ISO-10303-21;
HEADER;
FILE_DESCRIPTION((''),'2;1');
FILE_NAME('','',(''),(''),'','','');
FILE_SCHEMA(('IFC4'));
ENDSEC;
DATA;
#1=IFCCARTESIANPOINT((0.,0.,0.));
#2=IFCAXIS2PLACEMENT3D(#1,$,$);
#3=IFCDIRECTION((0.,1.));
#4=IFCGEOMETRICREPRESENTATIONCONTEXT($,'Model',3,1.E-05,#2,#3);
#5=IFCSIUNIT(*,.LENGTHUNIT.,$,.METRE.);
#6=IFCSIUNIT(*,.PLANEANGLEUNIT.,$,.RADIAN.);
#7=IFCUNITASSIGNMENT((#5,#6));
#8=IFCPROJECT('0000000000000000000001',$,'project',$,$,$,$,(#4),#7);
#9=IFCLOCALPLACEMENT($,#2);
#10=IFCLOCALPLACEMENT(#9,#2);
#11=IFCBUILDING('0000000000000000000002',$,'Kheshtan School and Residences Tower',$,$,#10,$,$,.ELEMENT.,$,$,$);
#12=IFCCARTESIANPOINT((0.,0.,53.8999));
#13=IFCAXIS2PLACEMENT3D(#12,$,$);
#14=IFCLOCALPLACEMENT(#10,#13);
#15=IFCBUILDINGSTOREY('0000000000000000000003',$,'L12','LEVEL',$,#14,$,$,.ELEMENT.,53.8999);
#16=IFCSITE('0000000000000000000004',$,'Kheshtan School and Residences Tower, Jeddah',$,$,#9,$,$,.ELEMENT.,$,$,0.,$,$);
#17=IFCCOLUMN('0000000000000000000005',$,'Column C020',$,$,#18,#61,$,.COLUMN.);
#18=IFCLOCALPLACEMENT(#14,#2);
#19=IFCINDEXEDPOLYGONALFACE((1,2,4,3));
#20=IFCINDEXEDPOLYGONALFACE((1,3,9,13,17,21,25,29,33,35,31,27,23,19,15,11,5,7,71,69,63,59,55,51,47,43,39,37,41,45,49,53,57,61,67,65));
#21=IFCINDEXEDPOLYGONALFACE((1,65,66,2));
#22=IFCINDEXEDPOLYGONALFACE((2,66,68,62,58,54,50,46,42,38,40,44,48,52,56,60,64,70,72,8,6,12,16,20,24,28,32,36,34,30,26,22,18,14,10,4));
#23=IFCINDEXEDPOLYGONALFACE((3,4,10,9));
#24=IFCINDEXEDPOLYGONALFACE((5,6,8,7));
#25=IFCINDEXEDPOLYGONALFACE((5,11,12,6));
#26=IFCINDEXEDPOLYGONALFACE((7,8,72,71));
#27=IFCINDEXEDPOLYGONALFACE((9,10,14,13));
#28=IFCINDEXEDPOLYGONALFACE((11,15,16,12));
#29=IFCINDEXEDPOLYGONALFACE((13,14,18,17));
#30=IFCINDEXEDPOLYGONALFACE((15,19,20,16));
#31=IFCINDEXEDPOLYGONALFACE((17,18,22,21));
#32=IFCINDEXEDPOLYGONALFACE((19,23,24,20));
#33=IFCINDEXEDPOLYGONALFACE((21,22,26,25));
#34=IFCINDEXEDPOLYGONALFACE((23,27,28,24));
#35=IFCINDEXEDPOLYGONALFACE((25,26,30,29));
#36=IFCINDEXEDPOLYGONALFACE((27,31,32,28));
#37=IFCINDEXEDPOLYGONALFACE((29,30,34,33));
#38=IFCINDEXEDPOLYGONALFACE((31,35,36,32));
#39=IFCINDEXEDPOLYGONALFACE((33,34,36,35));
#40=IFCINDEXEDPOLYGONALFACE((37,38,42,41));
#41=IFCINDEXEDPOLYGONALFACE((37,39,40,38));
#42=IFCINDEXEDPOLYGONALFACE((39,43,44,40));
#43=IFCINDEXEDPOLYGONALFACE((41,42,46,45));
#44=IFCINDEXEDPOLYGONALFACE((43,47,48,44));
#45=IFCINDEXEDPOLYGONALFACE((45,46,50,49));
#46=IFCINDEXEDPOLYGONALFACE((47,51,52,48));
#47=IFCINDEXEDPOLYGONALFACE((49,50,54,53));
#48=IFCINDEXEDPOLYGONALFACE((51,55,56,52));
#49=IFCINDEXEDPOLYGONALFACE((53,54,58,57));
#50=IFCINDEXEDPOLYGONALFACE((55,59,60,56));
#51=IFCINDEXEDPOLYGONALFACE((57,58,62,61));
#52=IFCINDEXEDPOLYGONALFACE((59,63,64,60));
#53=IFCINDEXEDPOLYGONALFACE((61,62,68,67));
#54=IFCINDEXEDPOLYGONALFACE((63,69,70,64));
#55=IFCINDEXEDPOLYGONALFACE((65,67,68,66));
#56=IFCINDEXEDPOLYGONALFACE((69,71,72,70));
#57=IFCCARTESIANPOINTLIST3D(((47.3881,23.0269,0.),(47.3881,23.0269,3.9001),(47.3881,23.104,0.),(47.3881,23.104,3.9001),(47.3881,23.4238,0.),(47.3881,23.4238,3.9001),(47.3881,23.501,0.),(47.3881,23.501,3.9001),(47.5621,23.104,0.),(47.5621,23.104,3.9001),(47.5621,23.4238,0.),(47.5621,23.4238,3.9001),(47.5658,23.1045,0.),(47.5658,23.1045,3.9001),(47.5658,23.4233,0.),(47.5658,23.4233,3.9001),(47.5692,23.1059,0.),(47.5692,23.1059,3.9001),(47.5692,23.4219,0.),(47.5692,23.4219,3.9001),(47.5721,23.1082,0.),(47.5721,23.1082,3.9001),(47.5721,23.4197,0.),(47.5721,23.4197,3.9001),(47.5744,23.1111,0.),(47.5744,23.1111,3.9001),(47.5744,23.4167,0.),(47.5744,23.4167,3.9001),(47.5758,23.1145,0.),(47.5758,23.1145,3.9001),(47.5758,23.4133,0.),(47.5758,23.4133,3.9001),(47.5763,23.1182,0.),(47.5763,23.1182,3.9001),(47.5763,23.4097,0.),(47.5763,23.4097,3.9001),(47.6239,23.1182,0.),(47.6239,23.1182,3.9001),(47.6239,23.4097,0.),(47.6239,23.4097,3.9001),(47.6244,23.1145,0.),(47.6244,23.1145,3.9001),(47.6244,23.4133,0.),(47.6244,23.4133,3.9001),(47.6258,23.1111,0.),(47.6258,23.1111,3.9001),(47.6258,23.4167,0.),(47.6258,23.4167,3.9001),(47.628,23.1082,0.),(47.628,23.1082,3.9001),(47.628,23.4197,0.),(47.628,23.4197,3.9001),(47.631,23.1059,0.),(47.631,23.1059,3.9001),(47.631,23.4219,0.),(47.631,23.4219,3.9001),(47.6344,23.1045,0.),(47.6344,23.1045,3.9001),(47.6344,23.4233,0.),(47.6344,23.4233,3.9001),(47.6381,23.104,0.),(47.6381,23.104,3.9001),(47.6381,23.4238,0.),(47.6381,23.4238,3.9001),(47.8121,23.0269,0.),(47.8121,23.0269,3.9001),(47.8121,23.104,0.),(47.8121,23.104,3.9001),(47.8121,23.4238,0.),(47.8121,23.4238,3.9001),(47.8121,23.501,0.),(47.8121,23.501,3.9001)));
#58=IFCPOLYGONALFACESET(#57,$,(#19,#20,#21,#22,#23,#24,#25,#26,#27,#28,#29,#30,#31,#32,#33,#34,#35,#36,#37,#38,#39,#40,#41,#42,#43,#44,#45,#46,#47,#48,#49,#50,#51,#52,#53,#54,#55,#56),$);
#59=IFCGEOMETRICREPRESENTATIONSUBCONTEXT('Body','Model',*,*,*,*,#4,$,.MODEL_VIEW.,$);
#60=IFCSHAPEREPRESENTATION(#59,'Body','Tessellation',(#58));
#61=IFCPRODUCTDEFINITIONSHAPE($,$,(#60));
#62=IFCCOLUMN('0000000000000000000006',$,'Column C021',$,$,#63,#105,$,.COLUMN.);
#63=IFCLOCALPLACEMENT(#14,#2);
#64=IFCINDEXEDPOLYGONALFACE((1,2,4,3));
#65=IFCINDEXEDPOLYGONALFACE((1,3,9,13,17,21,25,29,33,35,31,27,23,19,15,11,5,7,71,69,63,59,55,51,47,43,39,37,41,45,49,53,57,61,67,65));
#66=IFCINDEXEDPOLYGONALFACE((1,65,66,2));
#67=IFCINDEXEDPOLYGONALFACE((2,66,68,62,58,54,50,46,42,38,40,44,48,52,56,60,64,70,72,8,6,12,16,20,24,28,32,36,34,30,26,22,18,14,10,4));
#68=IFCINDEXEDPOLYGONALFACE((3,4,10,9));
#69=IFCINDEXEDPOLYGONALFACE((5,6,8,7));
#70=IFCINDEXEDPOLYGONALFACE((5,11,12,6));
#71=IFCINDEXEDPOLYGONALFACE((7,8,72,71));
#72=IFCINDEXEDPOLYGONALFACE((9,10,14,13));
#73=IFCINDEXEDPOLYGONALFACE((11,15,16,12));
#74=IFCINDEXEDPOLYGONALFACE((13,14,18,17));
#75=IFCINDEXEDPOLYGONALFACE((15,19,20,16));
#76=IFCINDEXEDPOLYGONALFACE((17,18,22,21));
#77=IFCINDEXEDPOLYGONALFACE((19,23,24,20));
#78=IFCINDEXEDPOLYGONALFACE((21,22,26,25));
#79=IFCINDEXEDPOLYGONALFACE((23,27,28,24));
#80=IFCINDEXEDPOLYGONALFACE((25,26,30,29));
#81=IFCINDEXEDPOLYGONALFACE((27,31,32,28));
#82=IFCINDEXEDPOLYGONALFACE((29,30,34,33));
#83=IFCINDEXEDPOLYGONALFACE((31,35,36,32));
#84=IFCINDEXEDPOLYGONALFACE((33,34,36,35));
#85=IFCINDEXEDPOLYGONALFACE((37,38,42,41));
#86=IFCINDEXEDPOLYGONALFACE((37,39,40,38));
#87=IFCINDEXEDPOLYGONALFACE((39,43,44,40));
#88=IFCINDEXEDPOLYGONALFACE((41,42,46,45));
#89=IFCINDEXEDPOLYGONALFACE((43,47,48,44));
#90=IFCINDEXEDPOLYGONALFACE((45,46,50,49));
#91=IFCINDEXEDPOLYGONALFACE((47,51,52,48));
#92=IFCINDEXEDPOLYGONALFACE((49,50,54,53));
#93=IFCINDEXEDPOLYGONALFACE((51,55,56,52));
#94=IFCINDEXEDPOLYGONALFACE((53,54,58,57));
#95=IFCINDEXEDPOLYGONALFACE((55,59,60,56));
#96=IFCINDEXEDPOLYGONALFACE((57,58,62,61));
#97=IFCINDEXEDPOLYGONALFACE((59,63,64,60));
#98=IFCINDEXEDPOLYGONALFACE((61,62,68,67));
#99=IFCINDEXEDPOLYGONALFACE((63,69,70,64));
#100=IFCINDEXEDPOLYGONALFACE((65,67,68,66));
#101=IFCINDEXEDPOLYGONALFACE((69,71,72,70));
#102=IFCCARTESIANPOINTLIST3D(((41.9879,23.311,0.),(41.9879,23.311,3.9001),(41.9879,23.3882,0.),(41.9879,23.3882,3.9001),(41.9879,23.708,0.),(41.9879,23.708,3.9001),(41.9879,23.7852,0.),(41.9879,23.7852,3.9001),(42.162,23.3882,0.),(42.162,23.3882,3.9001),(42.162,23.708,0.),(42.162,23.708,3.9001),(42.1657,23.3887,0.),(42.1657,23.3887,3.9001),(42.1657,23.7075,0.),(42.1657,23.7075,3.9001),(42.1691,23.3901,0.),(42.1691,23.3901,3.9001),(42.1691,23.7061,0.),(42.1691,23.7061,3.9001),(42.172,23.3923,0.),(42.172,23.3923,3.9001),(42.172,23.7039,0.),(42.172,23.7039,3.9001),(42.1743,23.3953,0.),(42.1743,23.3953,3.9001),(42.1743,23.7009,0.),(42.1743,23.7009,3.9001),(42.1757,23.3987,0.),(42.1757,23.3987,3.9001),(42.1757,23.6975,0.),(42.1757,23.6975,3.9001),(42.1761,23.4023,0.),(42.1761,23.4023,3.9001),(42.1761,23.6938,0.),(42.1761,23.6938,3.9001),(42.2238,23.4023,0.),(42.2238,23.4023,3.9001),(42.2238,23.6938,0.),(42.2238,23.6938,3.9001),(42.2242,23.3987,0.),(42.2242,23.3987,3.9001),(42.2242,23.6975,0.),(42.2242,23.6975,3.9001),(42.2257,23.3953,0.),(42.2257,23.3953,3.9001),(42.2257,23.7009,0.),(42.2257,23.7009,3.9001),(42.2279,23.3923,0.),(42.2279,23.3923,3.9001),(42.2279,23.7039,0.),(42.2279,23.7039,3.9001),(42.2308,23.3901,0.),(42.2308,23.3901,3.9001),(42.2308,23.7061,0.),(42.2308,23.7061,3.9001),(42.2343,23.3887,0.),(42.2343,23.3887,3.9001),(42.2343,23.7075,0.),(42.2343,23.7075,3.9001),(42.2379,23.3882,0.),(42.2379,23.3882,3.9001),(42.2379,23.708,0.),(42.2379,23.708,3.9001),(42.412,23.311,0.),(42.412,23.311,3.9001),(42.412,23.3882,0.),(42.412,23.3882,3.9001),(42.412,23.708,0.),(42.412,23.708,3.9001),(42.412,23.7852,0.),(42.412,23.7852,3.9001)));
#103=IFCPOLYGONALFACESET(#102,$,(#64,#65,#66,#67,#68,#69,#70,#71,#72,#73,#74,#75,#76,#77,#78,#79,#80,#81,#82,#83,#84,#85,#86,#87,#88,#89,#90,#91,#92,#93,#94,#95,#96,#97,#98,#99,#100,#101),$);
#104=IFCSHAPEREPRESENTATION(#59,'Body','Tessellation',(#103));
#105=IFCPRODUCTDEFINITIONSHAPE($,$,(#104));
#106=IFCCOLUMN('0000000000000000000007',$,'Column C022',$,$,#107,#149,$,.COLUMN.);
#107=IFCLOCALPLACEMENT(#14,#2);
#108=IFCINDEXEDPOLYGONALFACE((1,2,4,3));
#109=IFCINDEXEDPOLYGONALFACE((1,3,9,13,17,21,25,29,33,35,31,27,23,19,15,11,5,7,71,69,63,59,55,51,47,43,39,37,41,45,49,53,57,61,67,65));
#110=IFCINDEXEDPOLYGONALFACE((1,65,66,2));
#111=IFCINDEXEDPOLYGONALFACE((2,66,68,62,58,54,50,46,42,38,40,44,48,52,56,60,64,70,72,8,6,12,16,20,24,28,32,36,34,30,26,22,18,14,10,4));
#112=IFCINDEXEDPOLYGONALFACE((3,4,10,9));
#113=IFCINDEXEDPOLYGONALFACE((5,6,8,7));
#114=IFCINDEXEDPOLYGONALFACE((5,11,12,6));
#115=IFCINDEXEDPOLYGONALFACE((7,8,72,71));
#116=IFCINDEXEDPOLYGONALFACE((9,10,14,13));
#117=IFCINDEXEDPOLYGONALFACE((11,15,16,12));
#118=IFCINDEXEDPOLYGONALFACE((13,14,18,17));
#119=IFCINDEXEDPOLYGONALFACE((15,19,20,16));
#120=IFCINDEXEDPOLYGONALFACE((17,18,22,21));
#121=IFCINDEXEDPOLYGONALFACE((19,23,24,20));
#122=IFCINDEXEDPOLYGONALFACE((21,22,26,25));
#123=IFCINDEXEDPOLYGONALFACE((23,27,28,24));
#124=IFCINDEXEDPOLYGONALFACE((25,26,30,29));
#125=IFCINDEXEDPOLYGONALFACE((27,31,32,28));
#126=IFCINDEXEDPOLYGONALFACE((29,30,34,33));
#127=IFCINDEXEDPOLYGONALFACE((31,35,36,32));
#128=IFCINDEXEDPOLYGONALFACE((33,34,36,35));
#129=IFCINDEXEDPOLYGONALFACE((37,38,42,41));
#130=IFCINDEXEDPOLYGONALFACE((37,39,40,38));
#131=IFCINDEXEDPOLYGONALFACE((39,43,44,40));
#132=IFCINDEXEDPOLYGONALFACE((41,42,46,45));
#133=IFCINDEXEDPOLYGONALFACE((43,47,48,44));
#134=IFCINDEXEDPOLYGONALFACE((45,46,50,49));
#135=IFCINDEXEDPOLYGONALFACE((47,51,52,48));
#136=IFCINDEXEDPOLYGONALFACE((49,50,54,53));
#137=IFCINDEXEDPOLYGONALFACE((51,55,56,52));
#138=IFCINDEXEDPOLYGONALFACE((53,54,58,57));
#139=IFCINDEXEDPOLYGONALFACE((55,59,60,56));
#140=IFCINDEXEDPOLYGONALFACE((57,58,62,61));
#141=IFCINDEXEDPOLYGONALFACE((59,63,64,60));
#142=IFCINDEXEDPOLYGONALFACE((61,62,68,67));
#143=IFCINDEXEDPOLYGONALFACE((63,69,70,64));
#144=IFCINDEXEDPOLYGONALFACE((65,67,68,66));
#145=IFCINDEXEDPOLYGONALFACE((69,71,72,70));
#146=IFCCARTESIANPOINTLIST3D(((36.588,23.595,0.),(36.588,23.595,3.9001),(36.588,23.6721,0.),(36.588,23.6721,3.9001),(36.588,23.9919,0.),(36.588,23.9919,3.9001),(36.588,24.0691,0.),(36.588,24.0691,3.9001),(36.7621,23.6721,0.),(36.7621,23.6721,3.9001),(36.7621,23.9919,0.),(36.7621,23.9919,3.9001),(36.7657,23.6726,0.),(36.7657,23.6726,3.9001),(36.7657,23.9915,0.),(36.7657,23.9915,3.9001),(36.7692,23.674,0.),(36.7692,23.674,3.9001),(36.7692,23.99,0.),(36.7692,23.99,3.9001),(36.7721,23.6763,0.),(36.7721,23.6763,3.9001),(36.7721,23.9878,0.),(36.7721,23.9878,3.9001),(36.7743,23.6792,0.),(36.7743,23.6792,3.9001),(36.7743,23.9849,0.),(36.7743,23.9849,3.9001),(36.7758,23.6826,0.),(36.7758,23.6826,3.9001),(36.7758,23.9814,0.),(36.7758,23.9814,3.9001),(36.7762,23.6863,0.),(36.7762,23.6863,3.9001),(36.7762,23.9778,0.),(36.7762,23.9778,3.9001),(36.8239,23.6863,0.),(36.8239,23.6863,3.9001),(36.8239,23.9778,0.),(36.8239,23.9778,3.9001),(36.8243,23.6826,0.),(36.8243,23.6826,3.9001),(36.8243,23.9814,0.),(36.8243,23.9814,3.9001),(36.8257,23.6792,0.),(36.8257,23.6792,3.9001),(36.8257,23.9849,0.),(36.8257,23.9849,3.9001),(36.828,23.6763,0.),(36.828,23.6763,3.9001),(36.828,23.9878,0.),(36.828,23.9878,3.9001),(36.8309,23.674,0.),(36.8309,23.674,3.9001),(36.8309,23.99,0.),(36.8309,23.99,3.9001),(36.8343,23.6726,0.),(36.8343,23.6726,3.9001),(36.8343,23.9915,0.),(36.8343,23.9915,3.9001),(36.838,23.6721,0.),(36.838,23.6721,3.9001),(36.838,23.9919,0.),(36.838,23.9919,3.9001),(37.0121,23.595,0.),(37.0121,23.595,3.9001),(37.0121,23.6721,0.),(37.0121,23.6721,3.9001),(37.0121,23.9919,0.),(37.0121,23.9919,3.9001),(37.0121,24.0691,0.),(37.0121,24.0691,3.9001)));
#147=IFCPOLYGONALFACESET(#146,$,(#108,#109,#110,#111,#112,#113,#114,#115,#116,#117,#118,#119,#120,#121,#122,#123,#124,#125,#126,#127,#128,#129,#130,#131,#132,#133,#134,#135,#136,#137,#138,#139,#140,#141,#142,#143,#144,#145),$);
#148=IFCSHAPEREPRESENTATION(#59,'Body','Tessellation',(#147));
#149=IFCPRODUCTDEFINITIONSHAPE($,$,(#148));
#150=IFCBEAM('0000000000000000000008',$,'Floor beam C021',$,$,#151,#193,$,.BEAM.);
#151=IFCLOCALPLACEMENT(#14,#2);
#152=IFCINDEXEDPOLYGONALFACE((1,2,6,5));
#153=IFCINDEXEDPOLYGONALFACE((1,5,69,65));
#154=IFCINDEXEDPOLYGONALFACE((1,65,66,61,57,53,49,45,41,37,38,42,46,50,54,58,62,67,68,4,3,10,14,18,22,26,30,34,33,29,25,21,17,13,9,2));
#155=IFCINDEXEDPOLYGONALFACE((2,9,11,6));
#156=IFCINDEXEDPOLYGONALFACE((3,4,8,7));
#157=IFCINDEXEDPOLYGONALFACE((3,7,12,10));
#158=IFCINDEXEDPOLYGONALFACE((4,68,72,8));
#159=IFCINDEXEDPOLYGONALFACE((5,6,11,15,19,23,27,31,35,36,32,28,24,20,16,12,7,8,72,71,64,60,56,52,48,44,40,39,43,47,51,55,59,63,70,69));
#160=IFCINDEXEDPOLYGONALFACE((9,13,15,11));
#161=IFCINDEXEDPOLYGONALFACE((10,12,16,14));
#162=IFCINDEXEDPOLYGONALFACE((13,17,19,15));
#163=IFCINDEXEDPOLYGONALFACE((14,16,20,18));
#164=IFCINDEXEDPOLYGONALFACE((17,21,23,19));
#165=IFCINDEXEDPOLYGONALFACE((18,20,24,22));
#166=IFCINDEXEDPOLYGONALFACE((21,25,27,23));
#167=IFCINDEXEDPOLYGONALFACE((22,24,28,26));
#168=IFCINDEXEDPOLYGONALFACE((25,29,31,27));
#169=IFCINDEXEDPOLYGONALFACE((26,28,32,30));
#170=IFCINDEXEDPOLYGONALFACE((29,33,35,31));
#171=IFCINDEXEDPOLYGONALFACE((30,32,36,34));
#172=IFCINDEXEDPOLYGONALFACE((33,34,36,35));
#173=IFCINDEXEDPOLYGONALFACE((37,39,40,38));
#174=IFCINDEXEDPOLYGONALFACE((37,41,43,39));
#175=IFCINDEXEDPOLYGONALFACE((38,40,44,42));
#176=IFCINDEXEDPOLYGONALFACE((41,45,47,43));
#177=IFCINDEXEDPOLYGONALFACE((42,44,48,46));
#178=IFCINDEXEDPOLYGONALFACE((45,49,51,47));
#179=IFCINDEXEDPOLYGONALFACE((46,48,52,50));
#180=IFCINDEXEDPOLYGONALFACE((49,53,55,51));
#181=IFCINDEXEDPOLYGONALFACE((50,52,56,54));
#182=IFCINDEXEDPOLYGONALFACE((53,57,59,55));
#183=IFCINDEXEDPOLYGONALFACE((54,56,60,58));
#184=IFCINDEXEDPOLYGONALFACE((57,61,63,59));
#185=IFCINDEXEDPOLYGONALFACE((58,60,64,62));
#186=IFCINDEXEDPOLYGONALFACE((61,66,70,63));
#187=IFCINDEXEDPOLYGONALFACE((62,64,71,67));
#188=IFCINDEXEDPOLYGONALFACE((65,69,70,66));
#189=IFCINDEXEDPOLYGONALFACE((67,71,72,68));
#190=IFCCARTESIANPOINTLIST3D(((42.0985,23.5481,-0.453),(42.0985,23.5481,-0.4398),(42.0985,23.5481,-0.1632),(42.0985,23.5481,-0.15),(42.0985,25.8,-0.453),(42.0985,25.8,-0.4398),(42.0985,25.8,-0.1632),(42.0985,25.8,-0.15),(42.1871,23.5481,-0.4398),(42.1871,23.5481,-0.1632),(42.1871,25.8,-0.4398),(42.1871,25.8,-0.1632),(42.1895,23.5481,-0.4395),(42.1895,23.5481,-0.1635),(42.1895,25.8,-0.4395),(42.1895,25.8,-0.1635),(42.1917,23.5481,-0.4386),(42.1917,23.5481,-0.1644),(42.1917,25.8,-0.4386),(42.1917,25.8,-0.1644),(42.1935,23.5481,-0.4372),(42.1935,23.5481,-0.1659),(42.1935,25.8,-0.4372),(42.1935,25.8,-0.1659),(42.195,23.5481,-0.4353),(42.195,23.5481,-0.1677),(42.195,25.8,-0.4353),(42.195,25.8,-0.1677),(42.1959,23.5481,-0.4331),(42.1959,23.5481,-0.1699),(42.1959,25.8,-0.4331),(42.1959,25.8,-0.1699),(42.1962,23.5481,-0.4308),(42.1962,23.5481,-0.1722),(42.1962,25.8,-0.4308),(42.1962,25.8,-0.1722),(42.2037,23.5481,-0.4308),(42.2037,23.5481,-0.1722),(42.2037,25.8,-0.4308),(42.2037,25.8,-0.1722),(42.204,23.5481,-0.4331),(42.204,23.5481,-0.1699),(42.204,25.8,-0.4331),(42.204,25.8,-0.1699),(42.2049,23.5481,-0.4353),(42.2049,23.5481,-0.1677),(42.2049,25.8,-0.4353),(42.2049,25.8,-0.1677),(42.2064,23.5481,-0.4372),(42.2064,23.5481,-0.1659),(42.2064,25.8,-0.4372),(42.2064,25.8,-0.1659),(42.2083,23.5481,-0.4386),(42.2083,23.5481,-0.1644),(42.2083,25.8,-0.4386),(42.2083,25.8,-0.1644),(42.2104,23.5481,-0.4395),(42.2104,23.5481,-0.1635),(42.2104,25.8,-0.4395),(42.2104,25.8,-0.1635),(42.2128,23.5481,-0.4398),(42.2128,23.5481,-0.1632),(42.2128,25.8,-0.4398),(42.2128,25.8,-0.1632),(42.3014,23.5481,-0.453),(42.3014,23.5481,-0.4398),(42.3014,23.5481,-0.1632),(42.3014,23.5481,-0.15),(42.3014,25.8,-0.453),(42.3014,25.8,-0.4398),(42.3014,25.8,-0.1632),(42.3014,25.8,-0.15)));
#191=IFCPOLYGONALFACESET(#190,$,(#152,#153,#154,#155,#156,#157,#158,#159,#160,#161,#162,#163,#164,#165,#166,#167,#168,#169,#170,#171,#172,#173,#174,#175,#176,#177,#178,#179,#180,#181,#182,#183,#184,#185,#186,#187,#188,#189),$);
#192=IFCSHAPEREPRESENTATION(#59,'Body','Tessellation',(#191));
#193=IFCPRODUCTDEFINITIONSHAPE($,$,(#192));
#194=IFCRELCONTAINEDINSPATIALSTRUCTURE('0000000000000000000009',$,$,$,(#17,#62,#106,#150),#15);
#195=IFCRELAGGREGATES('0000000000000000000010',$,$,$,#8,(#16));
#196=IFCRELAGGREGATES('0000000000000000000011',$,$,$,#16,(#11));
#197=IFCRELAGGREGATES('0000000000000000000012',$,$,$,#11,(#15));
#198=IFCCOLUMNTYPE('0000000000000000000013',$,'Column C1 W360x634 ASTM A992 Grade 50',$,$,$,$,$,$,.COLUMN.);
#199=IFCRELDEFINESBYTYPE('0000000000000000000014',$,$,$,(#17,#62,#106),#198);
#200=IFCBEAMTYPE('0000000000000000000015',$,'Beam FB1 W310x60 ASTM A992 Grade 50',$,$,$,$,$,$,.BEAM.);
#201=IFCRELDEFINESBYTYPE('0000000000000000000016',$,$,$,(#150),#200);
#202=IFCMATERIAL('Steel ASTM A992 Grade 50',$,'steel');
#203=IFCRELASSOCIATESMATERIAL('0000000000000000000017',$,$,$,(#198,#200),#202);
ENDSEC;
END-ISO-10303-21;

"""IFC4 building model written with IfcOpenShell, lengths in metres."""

from ifc_helpers import new_model, si_unit, direction, frame, origin, origin_2d, place, context, subcontext, project, spatial, i_section, extrude, material, material_profile, profile_set, type_object, element, save


model = new_model("IFC4")

# Units and contexts
model_context = context("Model", 3, precision=1e-05, world=origin(), true_north=direction((0.0, 1.0)))
body_context = subcontext(model_context, "Body", "Model", "MODEL_VIEW")
ifc_project = project(units=[si_unit("LENGTHUNIT", "METRE"), si_unit("PLANEANGLEUNIT", "RADIAN")], contexts=[model_context])

# Site, building, storey
site_placement = place(None, origin())
site = spatial("IfcSite", under=ifc_project, at=site_placement, Name="Kheshtan School and Residences Tower, Jeddah", CompositionType="ELEMENT", RefElevation=0.0)
building_placement = place(site_placement, origin())
building = spatial("IfcBuilding", under=site, at=building_placement, Name="Kheshtan School and Residences Tower", CompositionType="ELEMENT")
storey_placement = place(building_placement, frame((0.0, 0.0, 53.8999)))
storey = spatial("IfcBuildingStorey", under=building, at=storey_placement, Name="L12", Description="LEVEL", CompositionType="ELEMENT", Elevation=53.8999)

# Columns
ifc_material_1 = material(Name="Steel ASTM A992 Grade 50", Category="steel")
ifc_material_profile_1 = material_profile(ifc_material_1, i_section(OverallWidth=0.4241, OverallDepth=0.4741, WebThickness=0.0476, FlangeThickness=0.0771, FilletRadius=0.0142, at=origin_2d()), Name="W360x634")
ifc_profile_set_1 = profile_set([ifc_material_profile_1], Name="Steel ASTM A992 Grade 50")
column_type = type_object("IfcColumnType", Name="Column C1 W360x634 ASTM A992 Grade 50", PredefinedType="COLUMN", material=ifc_profile_set_1)
for number, where, z_axis, x_axis, name in (
    (1, (47.6001, 23.2639, 0.0), (0.0, 0.0, 1.0), (1.0, 0.0, 0.0), "Column C020"),
    (2, (42.2, 23.5481, 0.0), (0.0, 0.0, 1.0), (1.0, 0.0, 0.0), "Column C021"),
    (3, (36.8, 23.832, 0.0), (0.0, 0.0, 1.0), (1.0, 0.0, 0.0), "Column C022"),
):
    element("IfcColumn", number, at=place(storey_placement, frame(where, z_axis=z_axis, x_axis=x_axis)), inside=storey, type_object=column_type, Name=name, PredefinedType="COLUMN", context=body_context, shape_type="SweptSolid", body=[
        extrude(i_section(OverallWidth=0.4241, OverallDepth=0.4741, WebThickness=0.0476, FlangeThickness=0.0771, FilletRadius=0.0142, at=origin_2d()), origin(), (0.0, 0.0, 1.0), 3.9001),
    ])

# Beam
ifc_material_profile_2 = material_profile(ifc_material_1, i_section(OverallWidth=0.2029, OverallDepth=0.303, WebThickness=0.0076, FlangeThickness=0.0132, FilletRadius=0.009, at=origin_2d()), Name="W310x60")
ifc_profile_set_2 = profile_set([ifc_material_profile_2], Name="Steel ASTM A992 Grade 50")
beam_type_1 = type_object("IfcBeamType", Name="Beam FB1 W310x60 ASTM A992 Grade 50", PredefinedType="BEAM", material=ifc_profile_set_2)
beam_1_placement = place(storey_placement, frame((42.2, 23.5481, -0.3015), z_axis=(0.0, 1.0, 0.0), x_axis=(-1.0, 0.0, 0.0)))
element("IfcBeam", 4, at=beam_1_placement, inside=storey, type_object=beam_type_1, Name="Floor beam C021", PredefinedType="BEAM", context=body_context, shape_type="SweptSolid", body=[
    extrude(i_section(OverallWidth=0.2029, OverallDepth=0.303, WebThickness=0.0076, FlangeThickness=0.0132, FilletRadius=0.009, at=origin_2d()), origin(), (0.0, 0.0, 1.0), 2.252),
])

save(model, "model.ifc")
